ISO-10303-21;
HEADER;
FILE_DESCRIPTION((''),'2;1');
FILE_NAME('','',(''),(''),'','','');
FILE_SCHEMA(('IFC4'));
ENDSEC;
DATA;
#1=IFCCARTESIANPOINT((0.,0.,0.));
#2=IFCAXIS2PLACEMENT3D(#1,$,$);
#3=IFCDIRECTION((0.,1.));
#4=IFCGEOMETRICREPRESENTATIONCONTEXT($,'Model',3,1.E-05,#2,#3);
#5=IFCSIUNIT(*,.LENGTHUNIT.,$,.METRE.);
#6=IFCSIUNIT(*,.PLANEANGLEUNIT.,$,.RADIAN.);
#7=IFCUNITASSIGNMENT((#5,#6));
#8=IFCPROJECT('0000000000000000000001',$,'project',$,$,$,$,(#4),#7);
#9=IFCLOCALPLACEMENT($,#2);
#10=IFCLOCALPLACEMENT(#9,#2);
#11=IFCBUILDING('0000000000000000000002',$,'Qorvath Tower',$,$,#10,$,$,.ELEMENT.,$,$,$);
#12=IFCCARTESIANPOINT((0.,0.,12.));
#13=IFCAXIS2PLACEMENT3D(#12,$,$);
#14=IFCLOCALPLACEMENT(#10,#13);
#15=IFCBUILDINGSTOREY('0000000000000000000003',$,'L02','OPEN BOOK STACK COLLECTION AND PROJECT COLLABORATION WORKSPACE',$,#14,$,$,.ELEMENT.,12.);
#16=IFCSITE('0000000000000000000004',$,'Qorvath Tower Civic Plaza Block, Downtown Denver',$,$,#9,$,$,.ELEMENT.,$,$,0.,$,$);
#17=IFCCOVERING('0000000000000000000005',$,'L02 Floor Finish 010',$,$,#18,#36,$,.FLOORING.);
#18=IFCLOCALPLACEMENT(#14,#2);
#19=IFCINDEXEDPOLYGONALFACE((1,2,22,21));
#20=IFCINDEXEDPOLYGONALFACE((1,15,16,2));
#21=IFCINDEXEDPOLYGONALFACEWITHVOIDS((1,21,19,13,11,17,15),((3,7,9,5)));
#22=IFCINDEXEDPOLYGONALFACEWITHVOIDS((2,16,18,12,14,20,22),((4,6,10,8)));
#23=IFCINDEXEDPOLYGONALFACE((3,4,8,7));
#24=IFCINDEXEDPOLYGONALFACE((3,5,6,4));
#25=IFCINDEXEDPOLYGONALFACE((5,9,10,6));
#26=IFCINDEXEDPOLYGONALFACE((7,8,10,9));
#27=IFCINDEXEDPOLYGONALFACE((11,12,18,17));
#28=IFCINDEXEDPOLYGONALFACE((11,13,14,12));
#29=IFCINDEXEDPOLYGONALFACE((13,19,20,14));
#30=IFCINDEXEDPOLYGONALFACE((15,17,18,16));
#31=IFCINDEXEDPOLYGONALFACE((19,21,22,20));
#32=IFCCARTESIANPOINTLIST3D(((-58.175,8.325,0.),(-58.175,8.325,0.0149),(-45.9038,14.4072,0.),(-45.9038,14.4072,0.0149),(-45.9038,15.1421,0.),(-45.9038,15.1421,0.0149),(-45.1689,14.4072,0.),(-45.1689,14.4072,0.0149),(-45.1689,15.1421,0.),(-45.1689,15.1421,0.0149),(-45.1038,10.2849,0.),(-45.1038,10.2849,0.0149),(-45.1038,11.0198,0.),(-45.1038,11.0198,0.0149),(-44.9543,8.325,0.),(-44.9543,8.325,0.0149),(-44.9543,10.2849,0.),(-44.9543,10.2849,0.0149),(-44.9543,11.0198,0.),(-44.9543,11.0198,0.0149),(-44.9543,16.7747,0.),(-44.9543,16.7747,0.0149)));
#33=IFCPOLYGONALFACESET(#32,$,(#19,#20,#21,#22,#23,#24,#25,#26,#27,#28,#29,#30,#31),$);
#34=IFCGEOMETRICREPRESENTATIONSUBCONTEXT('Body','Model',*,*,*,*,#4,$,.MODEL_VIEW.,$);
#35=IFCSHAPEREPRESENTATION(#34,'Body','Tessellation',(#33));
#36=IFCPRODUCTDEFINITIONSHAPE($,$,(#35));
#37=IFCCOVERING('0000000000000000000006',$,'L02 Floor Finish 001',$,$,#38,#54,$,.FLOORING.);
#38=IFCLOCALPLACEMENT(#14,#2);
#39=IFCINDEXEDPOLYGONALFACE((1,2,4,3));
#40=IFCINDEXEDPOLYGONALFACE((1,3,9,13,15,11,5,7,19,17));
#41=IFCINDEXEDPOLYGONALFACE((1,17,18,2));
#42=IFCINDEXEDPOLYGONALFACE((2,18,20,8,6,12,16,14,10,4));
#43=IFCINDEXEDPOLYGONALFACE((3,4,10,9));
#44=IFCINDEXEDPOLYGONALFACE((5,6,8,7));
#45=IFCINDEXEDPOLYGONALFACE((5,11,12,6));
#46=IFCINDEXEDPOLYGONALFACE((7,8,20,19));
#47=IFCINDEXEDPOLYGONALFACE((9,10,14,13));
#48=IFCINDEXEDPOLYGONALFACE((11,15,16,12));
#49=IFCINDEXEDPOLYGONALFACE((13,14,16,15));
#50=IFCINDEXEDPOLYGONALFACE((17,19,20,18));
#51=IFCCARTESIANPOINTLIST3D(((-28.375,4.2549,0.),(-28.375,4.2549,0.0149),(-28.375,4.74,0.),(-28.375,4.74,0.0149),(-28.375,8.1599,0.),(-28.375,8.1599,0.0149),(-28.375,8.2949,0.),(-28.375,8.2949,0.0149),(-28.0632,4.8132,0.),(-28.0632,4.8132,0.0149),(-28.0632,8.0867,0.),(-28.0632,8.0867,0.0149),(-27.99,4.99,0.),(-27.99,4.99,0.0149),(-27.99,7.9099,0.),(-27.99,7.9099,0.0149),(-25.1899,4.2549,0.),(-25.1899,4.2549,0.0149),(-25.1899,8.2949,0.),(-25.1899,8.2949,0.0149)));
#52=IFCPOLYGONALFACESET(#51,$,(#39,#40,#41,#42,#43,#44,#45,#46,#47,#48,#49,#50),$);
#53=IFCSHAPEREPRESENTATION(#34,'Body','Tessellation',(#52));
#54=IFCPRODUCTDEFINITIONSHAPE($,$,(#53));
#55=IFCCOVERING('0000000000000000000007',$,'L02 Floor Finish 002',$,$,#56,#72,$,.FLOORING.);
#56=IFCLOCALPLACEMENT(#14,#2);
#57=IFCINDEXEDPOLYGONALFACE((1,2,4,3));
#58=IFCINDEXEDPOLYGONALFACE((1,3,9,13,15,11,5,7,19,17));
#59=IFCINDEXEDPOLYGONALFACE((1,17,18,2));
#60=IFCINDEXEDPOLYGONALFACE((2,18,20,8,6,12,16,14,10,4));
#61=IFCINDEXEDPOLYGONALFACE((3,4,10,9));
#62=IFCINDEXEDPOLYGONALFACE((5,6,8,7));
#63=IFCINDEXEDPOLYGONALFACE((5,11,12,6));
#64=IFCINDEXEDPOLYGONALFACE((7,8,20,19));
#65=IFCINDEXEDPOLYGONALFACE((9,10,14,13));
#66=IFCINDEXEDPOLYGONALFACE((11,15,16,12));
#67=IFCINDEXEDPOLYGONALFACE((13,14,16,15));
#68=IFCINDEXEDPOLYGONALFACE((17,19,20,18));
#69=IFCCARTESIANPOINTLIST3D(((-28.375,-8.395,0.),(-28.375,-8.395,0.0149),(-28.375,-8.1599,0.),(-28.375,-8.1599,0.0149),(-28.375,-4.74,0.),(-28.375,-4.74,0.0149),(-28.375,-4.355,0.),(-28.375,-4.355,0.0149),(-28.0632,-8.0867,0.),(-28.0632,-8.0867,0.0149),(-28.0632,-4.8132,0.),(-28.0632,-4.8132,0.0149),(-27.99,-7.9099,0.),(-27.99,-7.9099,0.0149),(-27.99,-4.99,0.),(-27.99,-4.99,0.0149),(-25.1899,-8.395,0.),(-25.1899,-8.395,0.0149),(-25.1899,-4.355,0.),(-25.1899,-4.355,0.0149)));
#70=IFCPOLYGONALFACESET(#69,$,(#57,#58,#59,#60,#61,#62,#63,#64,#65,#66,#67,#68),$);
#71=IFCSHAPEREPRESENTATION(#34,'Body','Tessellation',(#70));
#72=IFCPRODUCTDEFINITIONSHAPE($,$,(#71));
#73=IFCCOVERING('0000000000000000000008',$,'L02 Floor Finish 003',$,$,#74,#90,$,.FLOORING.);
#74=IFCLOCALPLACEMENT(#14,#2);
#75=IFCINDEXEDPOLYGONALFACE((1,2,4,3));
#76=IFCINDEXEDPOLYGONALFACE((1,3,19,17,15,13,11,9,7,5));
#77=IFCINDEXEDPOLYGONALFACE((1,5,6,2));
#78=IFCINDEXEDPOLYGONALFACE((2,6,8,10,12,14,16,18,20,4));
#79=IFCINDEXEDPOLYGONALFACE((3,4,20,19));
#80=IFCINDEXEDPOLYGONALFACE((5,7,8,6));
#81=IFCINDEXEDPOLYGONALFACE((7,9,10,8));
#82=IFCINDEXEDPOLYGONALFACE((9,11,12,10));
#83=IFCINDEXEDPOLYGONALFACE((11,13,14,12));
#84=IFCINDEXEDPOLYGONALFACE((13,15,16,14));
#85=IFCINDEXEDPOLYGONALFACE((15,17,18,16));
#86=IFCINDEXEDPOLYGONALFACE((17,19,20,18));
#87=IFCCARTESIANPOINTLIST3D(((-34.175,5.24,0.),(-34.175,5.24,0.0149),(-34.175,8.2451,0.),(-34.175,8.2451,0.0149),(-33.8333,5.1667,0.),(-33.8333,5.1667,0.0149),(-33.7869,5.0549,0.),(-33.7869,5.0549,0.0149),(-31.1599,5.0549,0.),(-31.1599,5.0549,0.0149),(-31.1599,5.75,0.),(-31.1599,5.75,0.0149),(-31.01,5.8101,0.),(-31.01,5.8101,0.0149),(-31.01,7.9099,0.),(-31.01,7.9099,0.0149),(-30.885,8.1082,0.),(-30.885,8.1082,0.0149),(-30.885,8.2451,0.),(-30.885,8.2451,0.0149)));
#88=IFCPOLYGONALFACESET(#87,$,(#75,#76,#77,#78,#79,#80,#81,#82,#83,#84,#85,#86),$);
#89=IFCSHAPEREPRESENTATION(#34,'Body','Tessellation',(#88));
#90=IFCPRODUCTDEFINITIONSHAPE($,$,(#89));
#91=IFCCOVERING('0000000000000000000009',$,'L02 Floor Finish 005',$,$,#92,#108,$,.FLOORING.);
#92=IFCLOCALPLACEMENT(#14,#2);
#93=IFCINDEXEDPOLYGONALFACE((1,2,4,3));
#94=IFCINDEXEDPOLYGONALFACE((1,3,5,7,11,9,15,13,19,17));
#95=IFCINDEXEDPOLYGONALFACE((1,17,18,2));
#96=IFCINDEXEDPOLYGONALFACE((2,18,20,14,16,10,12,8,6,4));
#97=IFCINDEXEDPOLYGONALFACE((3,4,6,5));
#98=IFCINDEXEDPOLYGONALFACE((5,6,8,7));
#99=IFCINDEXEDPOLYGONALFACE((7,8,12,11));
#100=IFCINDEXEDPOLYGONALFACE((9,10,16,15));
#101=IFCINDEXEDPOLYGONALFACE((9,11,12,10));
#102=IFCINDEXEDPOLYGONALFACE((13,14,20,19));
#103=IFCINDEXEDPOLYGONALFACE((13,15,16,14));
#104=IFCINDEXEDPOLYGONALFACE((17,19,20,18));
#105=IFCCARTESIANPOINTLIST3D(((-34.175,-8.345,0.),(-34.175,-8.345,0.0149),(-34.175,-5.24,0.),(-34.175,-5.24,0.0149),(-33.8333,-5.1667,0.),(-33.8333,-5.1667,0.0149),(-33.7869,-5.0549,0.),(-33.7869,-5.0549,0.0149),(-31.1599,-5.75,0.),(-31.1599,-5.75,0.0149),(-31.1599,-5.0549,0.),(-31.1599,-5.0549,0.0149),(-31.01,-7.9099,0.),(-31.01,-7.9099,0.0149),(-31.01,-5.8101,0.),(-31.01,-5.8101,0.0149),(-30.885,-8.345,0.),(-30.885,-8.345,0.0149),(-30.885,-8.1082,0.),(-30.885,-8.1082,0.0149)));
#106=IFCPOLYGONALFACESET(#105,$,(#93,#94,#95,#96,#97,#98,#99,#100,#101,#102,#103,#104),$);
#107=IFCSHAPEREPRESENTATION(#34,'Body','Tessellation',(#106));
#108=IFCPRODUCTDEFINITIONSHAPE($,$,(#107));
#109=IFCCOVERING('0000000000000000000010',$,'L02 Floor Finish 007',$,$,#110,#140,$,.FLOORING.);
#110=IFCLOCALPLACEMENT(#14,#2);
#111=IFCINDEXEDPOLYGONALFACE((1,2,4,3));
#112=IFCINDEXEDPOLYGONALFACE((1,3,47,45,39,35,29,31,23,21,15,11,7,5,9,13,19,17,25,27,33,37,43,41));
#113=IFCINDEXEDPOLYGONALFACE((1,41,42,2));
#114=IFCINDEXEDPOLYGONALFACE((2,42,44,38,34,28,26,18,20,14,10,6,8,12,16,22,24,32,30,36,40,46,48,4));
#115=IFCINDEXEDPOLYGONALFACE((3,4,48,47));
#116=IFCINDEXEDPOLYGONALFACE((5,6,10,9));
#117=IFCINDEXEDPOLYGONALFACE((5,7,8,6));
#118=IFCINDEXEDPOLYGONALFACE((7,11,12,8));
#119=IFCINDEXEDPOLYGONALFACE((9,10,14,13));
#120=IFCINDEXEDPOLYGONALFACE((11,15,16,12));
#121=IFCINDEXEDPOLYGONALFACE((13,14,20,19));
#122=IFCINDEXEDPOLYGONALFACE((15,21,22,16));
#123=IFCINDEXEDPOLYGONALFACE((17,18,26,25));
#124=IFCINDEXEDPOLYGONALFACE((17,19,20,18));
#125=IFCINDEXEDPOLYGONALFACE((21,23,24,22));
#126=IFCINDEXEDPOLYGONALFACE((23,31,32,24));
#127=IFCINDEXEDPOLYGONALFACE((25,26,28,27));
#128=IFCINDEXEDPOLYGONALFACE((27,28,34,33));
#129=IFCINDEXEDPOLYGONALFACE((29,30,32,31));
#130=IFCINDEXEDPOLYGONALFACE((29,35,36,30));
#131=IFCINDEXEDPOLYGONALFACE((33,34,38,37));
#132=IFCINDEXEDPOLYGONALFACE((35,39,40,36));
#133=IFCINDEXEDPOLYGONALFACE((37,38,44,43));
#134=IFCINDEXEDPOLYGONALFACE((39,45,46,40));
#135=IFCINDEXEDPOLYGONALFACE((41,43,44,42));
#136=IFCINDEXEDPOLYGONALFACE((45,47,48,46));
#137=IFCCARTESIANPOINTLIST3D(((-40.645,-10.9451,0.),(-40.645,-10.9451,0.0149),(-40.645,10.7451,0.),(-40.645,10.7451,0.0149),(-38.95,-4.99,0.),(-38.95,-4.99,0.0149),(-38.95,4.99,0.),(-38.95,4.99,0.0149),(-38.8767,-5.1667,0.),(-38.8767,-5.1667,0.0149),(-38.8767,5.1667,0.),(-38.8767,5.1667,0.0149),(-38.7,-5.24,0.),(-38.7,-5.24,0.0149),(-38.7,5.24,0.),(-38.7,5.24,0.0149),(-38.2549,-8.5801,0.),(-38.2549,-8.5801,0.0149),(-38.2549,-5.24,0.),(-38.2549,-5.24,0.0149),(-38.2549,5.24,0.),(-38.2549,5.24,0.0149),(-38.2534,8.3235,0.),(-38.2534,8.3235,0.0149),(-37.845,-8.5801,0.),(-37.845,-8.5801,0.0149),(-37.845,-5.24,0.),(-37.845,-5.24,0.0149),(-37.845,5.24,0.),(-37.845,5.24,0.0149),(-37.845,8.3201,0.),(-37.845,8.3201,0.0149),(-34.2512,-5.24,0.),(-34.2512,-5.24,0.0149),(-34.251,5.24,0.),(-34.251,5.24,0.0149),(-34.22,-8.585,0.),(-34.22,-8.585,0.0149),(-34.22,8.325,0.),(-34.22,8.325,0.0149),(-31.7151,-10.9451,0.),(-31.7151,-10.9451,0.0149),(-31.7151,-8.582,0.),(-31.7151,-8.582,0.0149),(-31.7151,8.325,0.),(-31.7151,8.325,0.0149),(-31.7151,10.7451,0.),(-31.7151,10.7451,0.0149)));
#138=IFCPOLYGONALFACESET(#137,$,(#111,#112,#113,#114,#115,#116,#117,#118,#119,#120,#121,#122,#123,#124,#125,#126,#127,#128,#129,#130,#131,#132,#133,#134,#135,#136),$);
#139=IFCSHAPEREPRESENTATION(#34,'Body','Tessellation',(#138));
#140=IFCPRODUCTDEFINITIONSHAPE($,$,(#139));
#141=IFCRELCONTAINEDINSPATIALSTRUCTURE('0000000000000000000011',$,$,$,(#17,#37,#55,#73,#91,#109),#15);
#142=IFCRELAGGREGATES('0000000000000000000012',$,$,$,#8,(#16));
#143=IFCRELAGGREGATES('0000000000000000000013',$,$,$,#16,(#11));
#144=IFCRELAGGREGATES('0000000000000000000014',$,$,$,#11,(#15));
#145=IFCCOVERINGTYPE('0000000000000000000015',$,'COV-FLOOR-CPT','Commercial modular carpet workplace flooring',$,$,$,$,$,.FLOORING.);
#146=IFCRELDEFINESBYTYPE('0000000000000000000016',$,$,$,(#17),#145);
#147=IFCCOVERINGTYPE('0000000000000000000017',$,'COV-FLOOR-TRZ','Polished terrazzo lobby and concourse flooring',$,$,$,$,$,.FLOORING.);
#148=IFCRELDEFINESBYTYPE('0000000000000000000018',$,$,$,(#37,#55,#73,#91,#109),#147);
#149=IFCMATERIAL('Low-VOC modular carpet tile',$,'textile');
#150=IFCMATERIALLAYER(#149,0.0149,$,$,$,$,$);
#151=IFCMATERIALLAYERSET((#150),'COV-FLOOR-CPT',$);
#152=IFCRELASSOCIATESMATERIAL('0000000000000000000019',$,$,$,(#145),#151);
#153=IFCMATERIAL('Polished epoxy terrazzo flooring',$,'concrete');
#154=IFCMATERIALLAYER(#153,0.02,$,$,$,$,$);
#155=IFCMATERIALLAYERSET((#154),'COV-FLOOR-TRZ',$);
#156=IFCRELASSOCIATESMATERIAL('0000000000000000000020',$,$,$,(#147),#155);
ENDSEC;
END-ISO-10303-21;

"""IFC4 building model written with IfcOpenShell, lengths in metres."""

from ifc_helpers import new_model, si_unit, direction, frame, origin, place, context, subcontext, project, spatial, polyline, outline, extrude, material, layer, layer_set, type_object, element, save


model = new_model("IFC4")

# Units and contexts
model_context = context("Model", 3, precision=1e-05, world=origin(), true_north=direction((0.0, 1.0)))
body_context = subcontext(model_context, "Body", "Model", "MODEL_VIEW")
ifc_project = project(units=[si_unit("LENGTHUNIT", "METRE"), si_unit("PLANEANGLEUNIT", "RADIAN")], contexts=[model_context])

# Site, building, storey
site_placement = place(None, origin())
site = spatial("IfcSite", under=ifc_project, at=site_placement, Name="Qorvath Tower Civic Plaza Block, Downtown Denver", CompositionType="ELEMENT", RefElevation=0.0)
building_placement = place(site_placement, origin())
building = spatial("IfcBuilding", under=site, at=building_placement, Name="Qorvath Tower", CompositionType="ELEMENT")
storey_placement = place(building_placement, frame((0.0, 0.0, 12.0)))
storey = spatial("IfcBuildingStorey", under=building, at=storey_placement, Name="L02", Description="OPEN BOOK STACK COLLECTION AND PROJECT COLLABORATION WORKSPACE", CompositionType="ELEMENT", Elevation=12.0)

# Coverings
ifc_material_1 = material(Name="Low-VOC modular carpet tile", Category="textile")
ifc_layer_1 = layer(ifc_material_1, 0.0149)
ifc_layer_set_1 = layer_set([ifc_layer_1], Name="COV-FLOOR-CPT")
covering_type_1 = type_object("IfcCoveringType", Name="COV-FLOOR-CPT", Description="Commercial modular carpet workplace flooring", PredefinedType="FLOORING", material=ifc_layer_set_1)
covering_1_placement = place(storey_placement, origin())
element("IfcCovering", 1, at=covering_1_placement, inside=storey, type_object=covering_type_1, Name="L02 Floor Finish 010", PredefinedType="FLOORING", context=body_context, shape_type="SweptSolid", body=[
    extrude(outline(polyline([(-44.9543, 8.325), (-44.9543, 10.2849), (-45.1038, 10.2849), (-45.1038, 11.0198), (-44.9543, 11.0198), (-44.9543, 16.7747), (-58.175, 8.325), (-44.9543, 8.325)]), holes=[polyline([(-45.9038, 15.1421), (-45.1689, 15.1421), (-45.1689, 14.4072), (-45.9038, 14.4072), (-45.9038, 15.1421)])]), origin(), (0.0, 0.0, 1.0), 0.0149),
])
ifc_material_2 = material(Name="Polished epoxy terrazzo flooring", Category="concrete")
ifc_layer_2 = layer(ifc_material_2, 0.02)
ifc_layer_set_2 = layer_set([ifc_layer_2], Name="COV-FLOOR-TRZ")
covering_type_2 = type_object("IfcCoveringType", Name="COV-FLOOR-TRZ", Description="Polished terrazzo lobby and concourse flooring", PredefinedType="FLOORING", material=ifc_layer_set_2)
covering_2_placement = place(storey_placement, origin())
element("IfcCovering", 2, at=covering_2_placement, inside=storey, type_object=covering_type_2, Name="L02 Floor Finish 001", PredefinedType="FLOORING", context=body_context, shape_type="SweptSolid", body=[
    extrude(outline(polyline([(-25.1899, 4.2549), (-25.1899, 8.2949), (-28.375, 8.2949), (-28.375, 8.1599), (-28.0632, 8.0867), (-27.99, 7.9099), (-27.99, 4.99), (-28.0632, 4.8132), (-28.375, 4.74), (-28.375, 4.2549), (-25.1899, 4.2549)])), origin(), (0.0, 0.0, 1.0), 0.0149),
])
covering_3_placement = place(storey_placement, origin())
element("IfcCovering", 3, at=covering_3_placement, inside=storey, type_object=covering_type_2, Name="L02 Floor Finish 002", PredefinedType="FLOORING", context=body_context, shape_type="SweptSolid", body=[
    extrude(outline(polyline([(-25.1899, -8.395), (-25.1899, -4.355), (-28.375, -4.355), (-28.375, -4.74), (-28.0632, -4.8132), (-27.99, -4.99), (-27.99, -7.9099), (-28.0632, -8.0867), (-28.375, -8.1599), (-28.375, -8.395), (-25.1899, -8.395)])), origin(), (0.0, 0.0, 1.0), 0.0149),
])
covering_4_placement = place(storey_placement, origin())
element("IfcCovering", 4, at=covering_4_placement, inside=storey, type_object=covering_type_2, Name="L02 Floor Finish 003", PredefinedType="FLOORING", context=body_context, shape_type="SweptSolid", body=[
    extrude(outline(polyline([(-31.01, 7.9099), (-30.885, 8.1082), (-30.885, 8.2451), (-34.175, 8.2451), (-34.175, 5.24), (-33.8333, 5.1667), (-33.7869, 5.0549), (-31.1599, 5.0549), (-31.1599, 5.75), (-31.01, 5.8101), (-31.01, 7.9099)])), origin(), (0.0, 0.0, 1.0), 0.0149),
])
covering_5_placement = place(storey_placement, origin())
element("IfcCovering", 5, at=covering_5_placement, inside=storey, type_object=covering_type_2, Name="L02 Floor Finish 005", PredefinedType="FLOORING", context=body_context, shape_type="SweptSolid", body=[
    extrude(outline(polyline([(-31.1599, -5.0549), (-33.7869, -5.0549), (-33.8333, -5.1667), (-34.175, -5.24), (-34.175, -8.345), (-30.885, -8.345), (-30.885, -8.1082), (-31.01, -7.9099), (-31.01, -5.8101), (-31.1599, -5.75), (-31.1599, -5.0549)])), origin(), (0.0, 0.0, 1.0), 0.0149),
])
covering_6_placement = place(storey_placement, origin())
element("IfcCovering", 6, at=covering_6_placement, inside=storey, type_object=covering_type_2, Name="L02 Floor Finish 007", PredefinedType="FLOORING", context=body_context, shape_type="SweptSolid", body=[
    extrude(outline(polyline([(-31.7151, -10.9451), (-31.7151, -8.582), (-34.22, -8.585), (-34.2512, -5.24), (-37.845, -5.24), (-37.845, -8.5801), (-38.2549, -8.5801), (-38.2549, -5.24), (-38.7, -5.24), (-38.8767, -5.1667), (-38.95, -4.99), (-38.95, 4.99), (-38.8767, 5.1667), (-38.7, 5.24), (-38.2549, 5.24), (-38.2534, 8.3235), (-37.845, 8.3201), (-37.845, 5.24), (-34.251, 5.24), (-34.22, 8.325), (-31.7151, 8.325), (-31.7151, 10.7451), (-40.645, 10.7451), (-40.645, -10.9451), (-31.7151, -10.9451)])), origin(), (0.0, 0.0, 1.0), 0.0149),
])

save(model, "model.ifc")
